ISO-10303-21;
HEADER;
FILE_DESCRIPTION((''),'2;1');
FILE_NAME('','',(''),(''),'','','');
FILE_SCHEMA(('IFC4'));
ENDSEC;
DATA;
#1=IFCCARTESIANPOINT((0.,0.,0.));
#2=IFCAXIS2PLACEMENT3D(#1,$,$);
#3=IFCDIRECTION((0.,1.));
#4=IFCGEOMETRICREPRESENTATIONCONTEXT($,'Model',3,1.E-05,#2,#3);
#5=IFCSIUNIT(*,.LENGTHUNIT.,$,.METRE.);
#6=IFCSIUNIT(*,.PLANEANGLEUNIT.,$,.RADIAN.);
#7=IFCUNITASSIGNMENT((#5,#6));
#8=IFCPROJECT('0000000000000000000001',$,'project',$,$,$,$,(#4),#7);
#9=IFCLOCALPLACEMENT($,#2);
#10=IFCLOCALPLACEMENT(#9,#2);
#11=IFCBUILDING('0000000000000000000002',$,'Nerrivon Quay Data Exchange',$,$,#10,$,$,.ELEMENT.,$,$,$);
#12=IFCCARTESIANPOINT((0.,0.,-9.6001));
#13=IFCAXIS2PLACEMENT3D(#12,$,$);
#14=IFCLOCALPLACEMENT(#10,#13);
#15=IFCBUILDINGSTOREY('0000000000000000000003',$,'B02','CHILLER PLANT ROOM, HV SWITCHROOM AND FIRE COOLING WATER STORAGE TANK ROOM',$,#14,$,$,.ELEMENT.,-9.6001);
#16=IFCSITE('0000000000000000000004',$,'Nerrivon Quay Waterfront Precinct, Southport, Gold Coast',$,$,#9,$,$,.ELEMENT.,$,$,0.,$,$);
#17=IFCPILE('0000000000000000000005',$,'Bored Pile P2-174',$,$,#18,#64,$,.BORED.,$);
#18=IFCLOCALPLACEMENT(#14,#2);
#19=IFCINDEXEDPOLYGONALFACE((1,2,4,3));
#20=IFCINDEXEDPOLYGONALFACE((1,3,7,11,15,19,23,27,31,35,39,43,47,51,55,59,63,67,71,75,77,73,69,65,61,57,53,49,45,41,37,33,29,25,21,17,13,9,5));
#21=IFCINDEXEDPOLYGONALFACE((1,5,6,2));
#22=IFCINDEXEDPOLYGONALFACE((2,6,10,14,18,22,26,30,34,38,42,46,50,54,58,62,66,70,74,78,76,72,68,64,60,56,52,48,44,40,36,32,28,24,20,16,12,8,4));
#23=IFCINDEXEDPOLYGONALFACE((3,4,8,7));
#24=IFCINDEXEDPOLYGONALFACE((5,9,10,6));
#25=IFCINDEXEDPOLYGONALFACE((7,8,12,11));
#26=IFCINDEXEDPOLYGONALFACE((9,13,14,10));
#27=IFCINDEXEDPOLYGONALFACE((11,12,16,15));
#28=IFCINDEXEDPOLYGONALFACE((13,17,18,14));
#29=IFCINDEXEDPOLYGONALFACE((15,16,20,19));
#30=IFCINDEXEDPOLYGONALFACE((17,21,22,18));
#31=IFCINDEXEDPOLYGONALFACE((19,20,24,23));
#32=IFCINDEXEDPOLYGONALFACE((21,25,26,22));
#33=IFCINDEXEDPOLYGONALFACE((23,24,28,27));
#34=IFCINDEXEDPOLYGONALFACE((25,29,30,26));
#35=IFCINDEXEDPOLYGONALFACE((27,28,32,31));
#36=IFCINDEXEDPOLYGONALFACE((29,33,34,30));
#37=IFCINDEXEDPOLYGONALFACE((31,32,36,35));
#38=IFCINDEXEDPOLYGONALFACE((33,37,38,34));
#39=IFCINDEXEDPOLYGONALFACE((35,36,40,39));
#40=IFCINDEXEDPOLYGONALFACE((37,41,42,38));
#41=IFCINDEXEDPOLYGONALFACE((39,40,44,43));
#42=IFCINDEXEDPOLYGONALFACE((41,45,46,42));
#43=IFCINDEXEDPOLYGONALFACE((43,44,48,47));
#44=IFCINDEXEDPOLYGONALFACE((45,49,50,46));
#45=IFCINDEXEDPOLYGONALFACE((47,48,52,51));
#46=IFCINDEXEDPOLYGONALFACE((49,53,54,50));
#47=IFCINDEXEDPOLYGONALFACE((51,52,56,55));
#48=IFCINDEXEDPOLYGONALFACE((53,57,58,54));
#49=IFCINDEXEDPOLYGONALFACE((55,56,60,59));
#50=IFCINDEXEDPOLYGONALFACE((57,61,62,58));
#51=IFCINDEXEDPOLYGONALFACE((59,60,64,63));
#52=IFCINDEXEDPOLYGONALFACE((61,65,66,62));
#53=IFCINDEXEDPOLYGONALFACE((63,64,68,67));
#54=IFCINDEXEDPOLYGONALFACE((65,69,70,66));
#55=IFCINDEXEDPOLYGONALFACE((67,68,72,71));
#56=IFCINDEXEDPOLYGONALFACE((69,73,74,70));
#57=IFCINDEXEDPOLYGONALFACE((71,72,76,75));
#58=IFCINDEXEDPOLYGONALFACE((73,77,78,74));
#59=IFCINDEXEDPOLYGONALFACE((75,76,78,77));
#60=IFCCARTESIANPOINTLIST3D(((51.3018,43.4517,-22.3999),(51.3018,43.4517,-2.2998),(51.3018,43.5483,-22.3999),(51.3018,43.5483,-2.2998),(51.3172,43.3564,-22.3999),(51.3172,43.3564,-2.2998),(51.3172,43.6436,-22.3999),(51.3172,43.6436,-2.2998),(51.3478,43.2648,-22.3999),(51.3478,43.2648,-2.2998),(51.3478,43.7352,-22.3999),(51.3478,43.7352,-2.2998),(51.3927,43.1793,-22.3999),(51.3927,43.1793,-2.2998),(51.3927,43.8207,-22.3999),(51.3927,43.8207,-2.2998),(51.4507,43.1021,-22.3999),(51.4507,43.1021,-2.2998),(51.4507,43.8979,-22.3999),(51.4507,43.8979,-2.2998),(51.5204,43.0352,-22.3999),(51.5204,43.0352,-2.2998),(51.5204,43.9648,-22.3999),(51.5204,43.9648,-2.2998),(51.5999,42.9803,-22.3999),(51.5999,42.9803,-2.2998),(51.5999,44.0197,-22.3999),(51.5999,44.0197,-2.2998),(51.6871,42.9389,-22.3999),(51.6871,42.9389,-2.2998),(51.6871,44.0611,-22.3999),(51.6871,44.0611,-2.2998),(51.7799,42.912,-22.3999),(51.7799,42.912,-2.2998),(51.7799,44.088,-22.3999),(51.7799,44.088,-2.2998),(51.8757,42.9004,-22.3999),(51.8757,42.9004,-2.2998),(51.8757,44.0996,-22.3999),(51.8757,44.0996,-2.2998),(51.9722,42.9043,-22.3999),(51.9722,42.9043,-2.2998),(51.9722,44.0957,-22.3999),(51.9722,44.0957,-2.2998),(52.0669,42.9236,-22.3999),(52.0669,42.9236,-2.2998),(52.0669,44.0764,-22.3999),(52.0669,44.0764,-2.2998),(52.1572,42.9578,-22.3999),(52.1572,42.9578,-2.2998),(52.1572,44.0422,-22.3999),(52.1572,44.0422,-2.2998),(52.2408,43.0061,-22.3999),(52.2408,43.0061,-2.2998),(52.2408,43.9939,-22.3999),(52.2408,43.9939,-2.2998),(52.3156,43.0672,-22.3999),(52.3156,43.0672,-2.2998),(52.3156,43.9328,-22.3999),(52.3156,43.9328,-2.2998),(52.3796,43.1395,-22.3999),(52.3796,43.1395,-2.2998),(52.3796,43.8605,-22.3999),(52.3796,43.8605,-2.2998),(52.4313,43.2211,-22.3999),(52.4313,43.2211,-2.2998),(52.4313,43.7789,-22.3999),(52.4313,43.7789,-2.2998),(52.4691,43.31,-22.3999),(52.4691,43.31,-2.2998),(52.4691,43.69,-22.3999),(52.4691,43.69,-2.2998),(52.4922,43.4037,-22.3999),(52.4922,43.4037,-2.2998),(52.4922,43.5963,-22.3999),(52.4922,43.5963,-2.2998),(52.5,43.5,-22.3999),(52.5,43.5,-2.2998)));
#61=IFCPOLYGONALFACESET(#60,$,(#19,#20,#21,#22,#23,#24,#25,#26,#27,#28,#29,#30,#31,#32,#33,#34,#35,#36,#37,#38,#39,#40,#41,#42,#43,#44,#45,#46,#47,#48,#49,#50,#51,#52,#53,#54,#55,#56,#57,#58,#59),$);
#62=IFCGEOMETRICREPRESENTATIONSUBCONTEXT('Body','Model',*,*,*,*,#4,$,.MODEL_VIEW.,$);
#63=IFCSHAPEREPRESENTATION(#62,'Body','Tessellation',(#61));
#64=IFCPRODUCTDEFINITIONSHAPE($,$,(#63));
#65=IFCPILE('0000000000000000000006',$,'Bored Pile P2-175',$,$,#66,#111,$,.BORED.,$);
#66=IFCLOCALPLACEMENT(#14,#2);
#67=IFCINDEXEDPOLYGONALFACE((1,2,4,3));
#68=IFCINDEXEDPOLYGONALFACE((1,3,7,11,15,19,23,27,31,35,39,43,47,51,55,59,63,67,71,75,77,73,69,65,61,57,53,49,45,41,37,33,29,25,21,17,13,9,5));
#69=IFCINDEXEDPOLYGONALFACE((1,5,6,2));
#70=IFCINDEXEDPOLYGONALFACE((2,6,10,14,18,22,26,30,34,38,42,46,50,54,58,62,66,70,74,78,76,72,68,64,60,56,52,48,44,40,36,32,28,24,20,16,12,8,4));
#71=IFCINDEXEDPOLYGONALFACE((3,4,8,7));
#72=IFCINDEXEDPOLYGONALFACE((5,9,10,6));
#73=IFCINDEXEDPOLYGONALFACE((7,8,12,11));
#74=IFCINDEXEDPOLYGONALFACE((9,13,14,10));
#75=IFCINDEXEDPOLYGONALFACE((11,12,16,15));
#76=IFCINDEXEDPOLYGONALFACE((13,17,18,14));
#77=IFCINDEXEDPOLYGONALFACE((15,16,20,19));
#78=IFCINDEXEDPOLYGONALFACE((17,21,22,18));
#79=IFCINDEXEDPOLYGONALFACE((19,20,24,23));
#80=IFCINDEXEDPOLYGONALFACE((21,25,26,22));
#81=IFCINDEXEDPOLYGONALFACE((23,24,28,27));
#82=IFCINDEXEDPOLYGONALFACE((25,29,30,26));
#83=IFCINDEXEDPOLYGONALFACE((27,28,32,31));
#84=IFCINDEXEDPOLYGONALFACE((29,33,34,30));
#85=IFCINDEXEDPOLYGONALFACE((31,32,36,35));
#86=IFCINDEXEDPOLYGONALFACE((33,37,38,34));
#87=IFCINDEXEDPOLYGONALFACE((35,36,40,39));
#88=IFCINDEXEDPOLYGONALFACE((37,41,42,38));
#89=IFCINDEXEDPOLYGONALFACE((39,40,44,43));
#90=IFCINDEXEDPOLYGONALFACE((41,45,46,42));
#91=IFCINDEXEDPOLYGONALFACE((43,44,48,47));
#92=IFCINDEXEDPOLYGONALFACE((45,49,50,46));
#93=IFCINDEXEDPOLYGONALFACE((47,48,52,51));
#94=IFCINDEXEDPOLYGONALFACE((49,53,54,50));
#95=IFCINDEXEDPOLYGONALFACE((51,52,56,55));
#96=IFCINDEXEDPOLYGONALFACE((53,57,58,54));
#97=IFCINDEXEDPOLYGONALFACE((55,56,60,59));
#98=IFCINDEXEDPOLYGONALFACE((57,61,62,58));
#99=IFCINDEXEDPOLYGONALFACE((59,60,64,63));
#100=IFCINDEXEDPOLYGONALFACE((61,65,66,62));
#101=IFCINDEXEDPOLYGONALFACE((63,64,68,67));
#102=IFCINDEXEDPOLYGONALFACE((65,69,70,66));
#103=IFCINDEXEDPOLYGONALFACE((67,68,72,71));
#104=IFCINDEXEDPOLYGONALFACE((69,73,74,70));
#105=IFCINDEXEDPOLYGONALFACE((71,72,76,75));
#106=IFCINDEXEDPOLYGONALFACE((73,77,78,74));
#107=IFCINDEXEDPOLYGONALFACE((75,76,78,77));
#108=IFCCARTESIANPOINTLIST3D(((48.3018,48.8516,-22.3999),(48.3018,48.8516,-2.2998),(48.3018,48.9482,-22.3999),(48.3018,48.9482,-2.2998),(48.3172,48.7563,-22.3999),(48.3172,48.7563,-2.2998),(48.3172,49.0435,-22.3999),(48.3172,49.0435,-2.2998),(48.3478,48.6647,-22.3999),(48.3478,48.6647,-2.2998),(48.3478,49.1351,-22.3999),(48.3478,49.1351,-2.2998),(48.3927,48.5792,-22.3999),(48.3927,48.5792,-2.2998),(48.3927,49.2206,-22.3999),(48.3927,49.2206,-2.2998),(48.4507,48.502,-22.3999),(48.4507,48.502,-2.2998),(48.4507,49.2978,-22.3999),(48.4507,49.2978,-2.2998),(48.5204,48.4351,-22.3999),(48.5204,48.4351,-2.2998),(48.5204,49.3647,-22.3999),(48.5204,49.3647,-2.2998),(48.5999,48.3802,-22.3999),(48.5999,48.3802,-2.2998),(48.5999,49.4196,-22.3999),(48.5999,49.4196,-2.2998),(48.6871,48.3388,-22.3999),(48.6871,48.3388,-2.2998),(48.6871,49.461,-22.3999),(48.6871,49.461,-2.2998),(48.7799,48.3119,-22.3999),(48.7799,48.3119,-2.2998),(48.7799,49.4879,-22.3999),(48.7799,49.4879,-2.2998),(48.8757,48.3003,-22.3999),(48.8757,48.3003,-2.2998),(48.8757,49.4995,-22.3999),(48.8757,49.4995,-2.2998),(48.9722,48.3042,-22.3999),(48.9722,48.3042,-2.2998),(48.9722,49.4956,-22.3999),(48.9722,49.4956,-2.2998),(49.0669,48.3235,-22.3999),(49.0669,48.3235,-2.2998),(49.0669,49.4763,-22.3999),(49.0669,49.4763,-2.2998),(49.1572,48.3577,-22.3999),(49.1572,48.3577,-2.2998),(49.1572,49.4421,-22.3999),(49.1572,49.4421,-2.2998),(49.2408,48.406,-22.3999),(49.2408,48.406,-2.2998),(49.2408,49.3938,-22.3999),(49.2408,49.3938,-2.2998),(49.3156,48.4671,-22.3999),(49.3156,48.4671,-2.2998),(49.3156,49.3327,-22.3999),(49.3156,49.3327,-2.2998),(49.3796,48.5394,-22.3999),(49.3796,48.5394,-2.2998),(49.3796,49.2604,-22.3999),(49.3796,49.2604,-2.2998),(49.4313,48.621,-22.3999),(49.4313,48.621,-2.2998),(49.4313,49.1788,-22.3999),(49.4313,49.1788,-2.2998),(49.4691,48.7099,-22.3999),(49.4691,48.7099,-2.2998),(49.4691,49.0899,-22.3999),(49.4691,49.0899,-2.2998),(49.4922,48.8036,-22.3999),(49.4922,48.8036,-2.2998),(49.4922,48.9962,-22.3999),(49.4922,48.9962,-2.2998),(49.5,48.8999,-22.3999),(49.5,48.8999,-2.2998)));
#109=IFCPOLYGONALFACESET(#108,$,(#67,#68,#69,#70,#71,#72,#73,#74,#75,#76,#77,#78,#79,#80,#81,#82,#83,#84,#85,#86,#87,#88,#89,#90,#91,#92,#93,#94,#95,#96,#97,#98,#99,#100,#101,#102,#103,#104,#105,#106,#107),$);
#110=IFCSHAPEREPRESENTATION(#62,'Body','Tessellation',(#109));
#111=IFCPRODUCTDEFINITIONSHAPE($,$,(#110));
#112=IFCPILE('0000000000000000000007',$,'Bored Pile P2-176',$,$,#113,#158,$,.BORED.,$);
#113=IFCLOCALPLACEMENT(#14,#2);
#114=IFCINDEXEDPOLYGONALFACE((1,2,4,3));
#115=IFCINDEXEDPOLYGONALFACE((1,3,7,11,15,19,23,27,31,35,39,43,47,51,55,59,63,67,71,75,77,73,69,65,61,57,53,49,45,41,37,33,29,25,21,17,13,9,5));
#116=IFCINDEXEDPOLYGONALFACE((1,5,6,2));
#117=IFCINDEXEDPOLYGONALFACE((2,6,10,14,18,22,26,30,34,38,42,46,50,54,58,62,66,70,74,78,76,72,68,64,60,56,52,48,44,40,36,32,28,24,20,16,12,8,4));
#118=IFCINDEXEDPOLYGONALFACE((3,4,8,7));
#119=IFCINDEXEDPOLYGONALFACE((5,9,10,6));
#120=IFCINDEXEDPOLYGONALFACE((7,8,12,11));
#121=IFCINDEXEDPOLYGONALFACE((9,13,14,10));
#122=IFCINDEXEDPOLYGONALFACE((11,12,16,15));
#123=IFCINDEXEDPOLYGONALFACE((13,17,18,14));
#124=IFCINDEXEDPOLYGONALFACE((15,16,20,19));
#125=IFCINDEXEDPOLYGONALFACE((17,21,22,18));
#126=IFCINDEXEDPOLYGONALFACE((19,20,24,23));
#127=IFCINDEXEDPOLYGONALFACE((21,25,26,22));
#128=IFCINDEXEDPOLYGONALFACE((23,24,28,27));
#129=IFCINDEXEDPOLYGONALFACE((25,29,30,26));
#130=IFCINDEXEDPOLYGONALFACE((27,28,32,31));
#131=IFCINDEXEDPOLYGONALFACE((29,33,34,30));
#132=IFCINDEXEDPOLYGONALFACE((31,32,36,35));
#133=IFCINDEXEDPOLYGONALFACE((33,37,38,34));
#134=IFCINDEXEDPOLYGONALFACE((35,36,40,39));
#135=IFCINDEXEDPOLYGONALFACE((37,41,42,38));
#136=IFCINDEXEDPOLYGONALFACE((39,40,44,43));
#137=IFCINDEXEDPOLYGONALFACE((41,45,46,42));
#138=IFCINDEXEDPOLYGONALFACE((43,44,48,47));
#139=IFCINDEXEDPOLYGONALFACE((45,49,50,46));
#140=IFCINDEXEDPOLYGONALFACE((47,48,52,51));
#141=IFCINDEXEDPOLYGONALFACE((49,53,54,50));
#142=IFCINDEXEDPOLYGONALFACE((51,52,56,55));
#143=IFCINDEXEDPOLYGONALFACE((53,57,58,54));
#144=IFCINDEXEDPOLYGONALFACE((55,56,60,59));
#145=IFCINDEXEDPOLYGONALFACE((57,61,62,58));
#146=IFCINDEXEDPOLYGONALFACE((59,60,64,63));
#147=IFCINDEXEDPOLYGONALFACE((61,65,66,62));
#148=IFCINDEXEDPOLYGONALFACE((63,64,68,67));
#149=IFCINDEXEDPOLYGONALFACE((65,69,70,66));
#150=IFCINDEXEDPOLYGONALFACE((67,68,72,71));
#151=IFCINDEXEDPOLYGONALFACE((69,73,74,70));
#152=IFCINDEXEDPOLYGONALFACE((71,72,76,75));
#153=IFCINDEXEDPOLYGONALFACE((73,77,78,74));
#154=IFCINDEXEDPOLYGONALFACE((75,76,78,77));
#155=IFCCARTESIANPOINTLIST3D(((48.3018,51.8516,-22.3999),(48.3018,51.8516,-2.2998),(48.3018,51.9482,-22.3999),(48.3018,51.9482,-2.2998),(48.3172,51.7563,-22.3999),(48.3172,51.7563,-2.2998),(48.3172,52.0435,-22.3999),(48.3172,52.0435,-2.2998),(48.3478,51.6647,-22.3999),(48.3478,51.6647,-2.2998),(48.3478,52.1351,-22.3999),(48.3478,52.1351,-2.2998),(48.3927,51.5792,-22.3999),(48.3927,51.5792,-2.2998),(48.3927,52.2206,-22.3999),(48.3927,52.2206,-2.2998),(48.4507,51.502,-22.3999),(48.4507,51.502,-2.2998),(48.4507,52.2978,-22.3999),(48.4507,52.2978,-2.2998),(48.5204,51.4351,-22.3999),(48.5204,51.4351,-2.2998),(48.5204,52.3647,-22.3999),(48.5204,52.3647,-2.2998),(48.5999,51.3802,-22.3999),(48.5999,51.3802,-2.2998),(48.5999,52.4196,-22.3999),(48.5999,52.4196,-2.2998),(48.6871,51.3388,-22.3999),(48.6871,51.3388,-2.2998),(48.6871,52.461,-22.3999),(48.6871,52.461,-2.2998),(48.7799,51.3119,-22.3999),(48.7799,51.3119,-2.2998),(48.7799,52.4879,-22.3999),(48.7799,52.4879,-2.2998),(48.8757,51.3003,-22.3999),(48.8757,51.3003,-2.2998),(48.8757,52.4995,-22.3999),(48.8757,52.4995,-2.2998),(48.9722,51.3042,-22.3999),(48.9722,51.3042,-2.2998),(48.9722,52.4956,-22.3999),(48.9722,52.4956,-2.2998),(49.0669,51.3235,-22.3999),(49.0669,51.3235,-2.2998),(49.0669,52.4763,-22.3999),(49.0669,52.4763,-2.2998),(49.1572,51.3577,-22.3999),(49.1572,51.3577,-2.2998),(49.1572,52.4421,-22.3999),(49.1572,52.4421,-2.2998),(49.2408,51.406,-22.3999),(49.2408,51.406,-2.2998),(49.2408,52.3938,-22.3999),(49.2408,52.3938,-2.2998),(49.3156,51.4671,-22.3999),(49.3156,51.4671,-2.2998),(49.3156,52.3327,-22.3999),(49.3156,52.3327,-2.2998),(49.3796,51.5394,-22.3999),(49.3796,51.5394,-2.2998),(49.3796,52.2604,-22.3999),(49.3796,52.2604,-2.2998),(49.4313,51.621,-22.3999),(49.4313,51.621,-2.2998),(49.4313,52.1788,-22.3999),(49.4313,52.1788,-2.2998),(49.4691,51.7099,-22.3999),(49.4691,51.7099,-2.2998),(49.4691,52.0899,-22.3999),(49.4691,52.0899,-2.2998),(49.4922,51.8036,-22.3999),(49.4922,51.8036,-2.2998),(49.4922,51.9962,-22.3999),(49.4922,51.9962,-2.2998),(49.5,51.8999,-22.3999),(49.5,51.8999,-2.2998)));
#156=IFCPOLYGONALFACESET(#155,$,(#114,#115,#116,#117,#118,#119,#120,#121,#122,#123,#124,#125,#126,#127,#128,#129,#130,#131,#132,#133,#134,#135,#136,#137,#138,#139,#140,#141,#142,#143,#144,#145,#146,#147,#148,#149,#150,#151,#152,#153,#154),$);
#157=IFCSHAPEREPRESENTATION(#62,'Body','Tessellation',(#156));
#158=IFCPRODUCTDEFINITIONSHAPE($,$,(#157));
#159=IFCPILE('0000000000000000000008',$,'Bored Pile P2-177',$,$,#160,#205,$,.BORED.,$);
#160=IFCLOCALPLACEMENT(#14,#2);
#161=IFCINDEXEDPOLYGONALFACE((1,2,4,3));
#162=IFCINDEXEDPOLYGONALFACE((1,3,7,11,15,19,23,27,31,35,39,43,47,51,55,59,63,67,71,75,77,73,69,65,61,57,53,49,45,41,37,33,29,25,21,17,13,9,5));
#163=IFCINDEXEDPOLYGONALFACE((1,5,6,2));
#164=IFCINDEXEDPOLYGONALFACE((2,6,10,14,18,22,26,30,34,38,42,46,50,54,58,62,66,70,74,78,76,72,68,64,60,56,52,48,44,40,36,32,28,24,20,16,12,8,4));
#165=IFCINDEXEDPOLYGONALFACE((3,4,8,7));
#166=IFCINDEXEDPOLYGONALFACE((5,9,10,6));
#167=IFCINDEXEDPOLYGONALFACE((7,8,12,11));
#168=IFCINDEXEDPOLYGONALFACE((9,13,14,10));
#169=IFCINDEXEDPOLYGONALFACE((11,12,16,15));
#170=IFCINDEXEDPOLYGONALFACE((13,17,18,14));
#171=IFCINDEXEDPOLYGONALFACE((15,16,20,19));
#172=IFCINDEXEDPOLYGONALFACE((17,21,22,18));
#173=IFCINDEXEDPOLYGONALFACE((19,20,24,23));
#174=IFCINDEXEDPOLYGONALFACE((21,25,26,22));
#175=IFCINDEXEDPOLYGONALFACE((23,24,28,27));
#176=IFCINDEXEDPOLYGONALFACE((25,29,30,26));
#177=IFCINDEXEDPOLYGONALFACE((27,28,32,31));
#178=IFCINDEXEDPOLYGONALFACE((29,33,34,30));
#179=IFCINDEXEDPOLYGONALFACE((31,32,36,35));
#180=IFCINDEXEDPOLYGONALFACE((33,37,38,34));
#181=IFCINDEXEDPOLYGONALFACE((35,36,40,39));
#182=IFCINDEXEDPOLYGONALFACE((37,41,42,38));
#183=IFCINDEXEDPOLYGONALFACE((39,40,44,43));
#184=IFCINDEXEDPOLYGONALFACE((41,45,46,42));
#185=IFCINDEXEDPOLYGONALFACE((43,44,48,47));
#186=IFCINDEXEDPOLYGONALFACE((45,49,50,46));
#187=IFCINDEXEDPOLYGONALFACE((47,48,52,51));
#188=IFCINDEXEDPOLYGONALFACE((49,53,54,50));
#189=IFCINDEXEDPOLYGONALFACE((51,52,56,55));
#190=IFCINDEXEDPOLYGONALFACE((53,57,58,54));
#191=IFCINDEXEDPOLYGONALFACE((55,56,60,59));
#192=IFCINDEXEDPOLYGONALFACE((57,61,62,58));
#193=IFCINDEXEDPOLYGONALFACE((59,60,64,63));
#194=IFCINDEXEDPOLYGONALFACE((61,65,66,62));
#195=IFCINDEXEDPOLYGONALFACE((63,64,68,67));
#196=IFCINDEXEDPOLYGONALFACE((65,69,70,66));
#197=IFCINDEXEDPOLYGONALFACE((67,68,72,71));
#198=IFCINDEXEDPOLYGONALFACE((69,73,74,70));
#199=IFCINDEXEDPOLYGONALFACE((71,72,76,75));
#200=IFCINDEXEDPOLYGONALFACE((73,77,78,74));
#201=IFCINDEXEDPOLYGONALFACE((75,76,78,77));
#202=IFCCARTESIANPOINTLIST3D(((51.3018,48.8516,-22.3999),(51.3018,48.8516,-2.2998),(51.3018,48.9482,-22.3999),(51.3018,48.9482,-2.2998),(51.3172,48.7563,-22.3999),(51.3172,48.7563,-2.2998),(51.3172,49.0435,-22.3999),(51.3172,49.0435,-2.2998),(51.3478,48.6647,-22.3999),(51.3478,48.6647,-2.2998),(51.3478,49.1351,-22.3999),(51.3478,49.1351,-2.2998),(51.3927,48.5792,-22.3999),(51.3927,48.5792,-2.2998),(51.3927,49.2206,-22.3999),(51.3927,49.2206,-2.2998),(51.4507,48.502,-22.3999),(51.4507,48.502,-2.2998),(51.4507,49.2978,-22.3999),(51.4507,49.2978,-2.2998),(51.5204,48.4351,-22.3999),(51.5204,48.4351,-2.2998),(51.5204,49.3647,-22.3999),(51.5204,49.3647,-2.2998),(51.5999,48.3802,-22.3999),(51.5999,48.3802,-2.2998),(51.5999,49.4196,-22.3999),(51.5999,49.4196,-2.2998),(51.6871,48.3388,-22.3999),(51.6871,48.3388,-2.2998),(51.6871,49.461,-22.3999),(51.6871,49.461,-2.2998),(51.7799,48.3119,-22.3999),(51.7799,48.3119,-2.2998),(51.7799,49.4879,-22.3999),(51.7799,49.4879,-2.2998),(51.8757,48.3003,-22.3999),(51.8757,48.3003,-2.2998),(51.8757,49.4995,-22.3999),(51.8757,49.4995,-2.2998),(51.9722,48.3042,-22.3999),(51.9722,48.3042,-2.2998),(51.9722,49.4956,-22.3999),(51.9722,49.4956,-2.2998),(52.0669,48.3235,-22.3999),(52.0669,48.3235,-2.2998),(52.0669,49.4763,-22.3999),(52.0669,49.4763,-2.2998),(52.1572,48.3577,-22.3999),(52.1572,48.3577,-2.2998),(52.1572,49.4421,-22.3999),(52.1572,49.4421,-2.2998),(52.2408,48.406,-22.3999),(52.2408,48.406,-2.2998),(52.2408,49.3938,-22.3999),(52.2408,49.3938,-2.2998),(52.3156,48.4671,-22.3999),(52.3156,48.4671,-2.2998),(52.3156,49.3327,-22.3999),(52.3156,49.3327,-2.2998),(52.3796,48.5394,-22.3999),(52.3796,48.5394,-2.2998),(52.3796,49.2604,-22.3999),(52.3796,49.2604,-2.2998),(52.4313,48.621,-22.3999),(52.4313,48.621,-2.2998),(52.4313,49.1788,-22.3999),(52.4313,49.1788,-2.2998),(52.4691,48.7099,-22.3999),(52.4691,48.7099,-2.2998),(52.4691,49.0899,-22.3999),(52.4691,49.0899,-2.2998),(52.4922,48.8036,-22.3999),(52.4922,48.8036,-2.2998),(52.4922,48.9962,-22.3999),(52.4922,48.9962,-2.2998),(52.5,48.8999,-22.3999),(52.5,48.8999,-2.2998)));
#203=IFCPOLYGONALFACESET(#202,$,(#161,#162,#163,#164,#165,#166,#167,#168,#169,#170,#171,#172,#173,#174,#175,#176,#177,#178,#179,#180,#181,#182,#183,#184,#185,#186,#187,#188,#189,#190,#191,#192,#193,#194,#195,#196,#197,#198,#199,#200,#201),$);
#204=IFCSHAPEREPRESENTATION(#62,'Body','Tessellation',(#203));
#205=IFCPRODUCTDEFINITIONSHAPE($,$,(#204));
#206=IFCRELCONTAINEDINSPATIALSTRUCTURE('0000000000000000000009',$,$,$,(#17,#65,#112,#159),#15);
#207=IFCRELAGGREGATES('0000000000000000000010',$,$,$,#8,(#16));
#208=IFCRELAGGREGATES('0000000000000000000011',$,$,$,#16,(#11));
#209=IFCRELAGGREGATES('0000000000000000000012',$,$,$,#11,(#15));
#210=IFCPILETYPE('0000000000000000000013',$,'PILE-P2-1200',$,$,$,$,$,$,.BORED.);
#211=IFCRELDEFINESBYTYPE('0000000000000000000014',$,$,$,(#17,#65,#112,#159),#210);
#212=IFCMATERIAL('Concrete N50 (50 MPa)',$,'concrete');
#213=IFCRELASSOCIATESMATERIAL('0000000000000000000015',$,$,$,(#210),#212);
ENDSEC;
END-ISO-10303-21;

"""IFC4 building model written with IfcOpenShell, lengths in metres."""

from ifc_helpers import new_model, si_unit, direction, frame, origin, origin_2d, place, context, subcontext, project, spatial, circle, extrude, material, material_profile, profile_set, type_object, element, save


model = new_model("IFC4")

# Units and contexts
model_context = context("Model", 3, precision=1e-05, world=origin(), true_north=direction((0.0, 1.0)))
body_context = subcontext(model_context, "Body", "Model", "MODEL_VIEW")
ifc_project = project(units=[si_unit("LENGTHUNIT", "METRE"), si_unit("PLANEANGLEUNIT", "RADIAN")], contexts=[model_context])

# Site, building, storey
site_placement = place(None, origin())
site = spatial("IfcSite", under=ifc_project, at=site_placement, Name="Nerrivon Quay Waterfront Precinct, Southport, Gold Coast", CompositionType="ELEMENT", RefElevation=0.0)
building_placement = place(site_placement, origin())
building = spatial("IfcBuilding", under=site, at=building_placement, Name="Nerrivon Quay Data Exchange", CompositionType="ELEMENT")
storey_placement = place(building_placement, frame((0.0, 0.0, -9.6001)))
storey = spatial("IfcBuildingStorey", under=building, at=storey_placement, Name="B02", Description="CHILLER PLANT ROOM, HV SWITCHROOM AND FIRE COOLING WATER STORAGE TANK ROOM", CompositionType="ELEMENT", Elevation=-9.6001)

# Piles
ifc_material_1 = material(Name="Concrete N50 (50 MPa)", Category="concrete")
ifc_material_profile_1 = material_profile(ifc_material_1, circle(Radius=0.6001, at=origin_2d()), Name="PILE-1200")
ifc_profile_set_1 = profile_set([ifc_material_profile_1], Name="Concrete N50 (50 MPa)")
pile_type = type_object("IfcPileType", Name="PILE-P2-1200", PredefinedType="BORED", material=ifc_profile_set_1)
for number, where, z_axis, x_axis, name in (
    (1, (51.8999, 43.5, -2.2998), (0.0, 0.0, -1.0), (1.0, 0.0, 0.0), "Bored Pile P2-174"),
    (2, (48.8999, 48.8999, -2.2998), (0.0, 0.0, -1.0), (1.0, 0.0, 0.0), "Bored Pile P2-175"),
    (3, (48.8999, 51.8999, -2.2998), (0.0, 0.0, -1.0), (1.0, 0.0, 0.0), "Bored Pile P2-176"),
    (4, (51.8999, 48.8999, -2.2998), (0.0, 0.0, -1.0), (1.0, 0.0, 0.0), "Bored Pile P2-177"),
):
    element("IfcPile", number, at=place(storey_placement, frame(where, z_axis=z_axis, x_axis=x_axis)), inside=storey, type_object=pile_type, Name=name, PredefinedType="BORED", context=body_context, shape_type="SweptSolid", body=[
        extrude(circle(Radius=0.6001, at=origin_2d()), origin(), (0.0, 0.0, 1.0), 20.1001),
    ])

save(model, "model.ifc")
